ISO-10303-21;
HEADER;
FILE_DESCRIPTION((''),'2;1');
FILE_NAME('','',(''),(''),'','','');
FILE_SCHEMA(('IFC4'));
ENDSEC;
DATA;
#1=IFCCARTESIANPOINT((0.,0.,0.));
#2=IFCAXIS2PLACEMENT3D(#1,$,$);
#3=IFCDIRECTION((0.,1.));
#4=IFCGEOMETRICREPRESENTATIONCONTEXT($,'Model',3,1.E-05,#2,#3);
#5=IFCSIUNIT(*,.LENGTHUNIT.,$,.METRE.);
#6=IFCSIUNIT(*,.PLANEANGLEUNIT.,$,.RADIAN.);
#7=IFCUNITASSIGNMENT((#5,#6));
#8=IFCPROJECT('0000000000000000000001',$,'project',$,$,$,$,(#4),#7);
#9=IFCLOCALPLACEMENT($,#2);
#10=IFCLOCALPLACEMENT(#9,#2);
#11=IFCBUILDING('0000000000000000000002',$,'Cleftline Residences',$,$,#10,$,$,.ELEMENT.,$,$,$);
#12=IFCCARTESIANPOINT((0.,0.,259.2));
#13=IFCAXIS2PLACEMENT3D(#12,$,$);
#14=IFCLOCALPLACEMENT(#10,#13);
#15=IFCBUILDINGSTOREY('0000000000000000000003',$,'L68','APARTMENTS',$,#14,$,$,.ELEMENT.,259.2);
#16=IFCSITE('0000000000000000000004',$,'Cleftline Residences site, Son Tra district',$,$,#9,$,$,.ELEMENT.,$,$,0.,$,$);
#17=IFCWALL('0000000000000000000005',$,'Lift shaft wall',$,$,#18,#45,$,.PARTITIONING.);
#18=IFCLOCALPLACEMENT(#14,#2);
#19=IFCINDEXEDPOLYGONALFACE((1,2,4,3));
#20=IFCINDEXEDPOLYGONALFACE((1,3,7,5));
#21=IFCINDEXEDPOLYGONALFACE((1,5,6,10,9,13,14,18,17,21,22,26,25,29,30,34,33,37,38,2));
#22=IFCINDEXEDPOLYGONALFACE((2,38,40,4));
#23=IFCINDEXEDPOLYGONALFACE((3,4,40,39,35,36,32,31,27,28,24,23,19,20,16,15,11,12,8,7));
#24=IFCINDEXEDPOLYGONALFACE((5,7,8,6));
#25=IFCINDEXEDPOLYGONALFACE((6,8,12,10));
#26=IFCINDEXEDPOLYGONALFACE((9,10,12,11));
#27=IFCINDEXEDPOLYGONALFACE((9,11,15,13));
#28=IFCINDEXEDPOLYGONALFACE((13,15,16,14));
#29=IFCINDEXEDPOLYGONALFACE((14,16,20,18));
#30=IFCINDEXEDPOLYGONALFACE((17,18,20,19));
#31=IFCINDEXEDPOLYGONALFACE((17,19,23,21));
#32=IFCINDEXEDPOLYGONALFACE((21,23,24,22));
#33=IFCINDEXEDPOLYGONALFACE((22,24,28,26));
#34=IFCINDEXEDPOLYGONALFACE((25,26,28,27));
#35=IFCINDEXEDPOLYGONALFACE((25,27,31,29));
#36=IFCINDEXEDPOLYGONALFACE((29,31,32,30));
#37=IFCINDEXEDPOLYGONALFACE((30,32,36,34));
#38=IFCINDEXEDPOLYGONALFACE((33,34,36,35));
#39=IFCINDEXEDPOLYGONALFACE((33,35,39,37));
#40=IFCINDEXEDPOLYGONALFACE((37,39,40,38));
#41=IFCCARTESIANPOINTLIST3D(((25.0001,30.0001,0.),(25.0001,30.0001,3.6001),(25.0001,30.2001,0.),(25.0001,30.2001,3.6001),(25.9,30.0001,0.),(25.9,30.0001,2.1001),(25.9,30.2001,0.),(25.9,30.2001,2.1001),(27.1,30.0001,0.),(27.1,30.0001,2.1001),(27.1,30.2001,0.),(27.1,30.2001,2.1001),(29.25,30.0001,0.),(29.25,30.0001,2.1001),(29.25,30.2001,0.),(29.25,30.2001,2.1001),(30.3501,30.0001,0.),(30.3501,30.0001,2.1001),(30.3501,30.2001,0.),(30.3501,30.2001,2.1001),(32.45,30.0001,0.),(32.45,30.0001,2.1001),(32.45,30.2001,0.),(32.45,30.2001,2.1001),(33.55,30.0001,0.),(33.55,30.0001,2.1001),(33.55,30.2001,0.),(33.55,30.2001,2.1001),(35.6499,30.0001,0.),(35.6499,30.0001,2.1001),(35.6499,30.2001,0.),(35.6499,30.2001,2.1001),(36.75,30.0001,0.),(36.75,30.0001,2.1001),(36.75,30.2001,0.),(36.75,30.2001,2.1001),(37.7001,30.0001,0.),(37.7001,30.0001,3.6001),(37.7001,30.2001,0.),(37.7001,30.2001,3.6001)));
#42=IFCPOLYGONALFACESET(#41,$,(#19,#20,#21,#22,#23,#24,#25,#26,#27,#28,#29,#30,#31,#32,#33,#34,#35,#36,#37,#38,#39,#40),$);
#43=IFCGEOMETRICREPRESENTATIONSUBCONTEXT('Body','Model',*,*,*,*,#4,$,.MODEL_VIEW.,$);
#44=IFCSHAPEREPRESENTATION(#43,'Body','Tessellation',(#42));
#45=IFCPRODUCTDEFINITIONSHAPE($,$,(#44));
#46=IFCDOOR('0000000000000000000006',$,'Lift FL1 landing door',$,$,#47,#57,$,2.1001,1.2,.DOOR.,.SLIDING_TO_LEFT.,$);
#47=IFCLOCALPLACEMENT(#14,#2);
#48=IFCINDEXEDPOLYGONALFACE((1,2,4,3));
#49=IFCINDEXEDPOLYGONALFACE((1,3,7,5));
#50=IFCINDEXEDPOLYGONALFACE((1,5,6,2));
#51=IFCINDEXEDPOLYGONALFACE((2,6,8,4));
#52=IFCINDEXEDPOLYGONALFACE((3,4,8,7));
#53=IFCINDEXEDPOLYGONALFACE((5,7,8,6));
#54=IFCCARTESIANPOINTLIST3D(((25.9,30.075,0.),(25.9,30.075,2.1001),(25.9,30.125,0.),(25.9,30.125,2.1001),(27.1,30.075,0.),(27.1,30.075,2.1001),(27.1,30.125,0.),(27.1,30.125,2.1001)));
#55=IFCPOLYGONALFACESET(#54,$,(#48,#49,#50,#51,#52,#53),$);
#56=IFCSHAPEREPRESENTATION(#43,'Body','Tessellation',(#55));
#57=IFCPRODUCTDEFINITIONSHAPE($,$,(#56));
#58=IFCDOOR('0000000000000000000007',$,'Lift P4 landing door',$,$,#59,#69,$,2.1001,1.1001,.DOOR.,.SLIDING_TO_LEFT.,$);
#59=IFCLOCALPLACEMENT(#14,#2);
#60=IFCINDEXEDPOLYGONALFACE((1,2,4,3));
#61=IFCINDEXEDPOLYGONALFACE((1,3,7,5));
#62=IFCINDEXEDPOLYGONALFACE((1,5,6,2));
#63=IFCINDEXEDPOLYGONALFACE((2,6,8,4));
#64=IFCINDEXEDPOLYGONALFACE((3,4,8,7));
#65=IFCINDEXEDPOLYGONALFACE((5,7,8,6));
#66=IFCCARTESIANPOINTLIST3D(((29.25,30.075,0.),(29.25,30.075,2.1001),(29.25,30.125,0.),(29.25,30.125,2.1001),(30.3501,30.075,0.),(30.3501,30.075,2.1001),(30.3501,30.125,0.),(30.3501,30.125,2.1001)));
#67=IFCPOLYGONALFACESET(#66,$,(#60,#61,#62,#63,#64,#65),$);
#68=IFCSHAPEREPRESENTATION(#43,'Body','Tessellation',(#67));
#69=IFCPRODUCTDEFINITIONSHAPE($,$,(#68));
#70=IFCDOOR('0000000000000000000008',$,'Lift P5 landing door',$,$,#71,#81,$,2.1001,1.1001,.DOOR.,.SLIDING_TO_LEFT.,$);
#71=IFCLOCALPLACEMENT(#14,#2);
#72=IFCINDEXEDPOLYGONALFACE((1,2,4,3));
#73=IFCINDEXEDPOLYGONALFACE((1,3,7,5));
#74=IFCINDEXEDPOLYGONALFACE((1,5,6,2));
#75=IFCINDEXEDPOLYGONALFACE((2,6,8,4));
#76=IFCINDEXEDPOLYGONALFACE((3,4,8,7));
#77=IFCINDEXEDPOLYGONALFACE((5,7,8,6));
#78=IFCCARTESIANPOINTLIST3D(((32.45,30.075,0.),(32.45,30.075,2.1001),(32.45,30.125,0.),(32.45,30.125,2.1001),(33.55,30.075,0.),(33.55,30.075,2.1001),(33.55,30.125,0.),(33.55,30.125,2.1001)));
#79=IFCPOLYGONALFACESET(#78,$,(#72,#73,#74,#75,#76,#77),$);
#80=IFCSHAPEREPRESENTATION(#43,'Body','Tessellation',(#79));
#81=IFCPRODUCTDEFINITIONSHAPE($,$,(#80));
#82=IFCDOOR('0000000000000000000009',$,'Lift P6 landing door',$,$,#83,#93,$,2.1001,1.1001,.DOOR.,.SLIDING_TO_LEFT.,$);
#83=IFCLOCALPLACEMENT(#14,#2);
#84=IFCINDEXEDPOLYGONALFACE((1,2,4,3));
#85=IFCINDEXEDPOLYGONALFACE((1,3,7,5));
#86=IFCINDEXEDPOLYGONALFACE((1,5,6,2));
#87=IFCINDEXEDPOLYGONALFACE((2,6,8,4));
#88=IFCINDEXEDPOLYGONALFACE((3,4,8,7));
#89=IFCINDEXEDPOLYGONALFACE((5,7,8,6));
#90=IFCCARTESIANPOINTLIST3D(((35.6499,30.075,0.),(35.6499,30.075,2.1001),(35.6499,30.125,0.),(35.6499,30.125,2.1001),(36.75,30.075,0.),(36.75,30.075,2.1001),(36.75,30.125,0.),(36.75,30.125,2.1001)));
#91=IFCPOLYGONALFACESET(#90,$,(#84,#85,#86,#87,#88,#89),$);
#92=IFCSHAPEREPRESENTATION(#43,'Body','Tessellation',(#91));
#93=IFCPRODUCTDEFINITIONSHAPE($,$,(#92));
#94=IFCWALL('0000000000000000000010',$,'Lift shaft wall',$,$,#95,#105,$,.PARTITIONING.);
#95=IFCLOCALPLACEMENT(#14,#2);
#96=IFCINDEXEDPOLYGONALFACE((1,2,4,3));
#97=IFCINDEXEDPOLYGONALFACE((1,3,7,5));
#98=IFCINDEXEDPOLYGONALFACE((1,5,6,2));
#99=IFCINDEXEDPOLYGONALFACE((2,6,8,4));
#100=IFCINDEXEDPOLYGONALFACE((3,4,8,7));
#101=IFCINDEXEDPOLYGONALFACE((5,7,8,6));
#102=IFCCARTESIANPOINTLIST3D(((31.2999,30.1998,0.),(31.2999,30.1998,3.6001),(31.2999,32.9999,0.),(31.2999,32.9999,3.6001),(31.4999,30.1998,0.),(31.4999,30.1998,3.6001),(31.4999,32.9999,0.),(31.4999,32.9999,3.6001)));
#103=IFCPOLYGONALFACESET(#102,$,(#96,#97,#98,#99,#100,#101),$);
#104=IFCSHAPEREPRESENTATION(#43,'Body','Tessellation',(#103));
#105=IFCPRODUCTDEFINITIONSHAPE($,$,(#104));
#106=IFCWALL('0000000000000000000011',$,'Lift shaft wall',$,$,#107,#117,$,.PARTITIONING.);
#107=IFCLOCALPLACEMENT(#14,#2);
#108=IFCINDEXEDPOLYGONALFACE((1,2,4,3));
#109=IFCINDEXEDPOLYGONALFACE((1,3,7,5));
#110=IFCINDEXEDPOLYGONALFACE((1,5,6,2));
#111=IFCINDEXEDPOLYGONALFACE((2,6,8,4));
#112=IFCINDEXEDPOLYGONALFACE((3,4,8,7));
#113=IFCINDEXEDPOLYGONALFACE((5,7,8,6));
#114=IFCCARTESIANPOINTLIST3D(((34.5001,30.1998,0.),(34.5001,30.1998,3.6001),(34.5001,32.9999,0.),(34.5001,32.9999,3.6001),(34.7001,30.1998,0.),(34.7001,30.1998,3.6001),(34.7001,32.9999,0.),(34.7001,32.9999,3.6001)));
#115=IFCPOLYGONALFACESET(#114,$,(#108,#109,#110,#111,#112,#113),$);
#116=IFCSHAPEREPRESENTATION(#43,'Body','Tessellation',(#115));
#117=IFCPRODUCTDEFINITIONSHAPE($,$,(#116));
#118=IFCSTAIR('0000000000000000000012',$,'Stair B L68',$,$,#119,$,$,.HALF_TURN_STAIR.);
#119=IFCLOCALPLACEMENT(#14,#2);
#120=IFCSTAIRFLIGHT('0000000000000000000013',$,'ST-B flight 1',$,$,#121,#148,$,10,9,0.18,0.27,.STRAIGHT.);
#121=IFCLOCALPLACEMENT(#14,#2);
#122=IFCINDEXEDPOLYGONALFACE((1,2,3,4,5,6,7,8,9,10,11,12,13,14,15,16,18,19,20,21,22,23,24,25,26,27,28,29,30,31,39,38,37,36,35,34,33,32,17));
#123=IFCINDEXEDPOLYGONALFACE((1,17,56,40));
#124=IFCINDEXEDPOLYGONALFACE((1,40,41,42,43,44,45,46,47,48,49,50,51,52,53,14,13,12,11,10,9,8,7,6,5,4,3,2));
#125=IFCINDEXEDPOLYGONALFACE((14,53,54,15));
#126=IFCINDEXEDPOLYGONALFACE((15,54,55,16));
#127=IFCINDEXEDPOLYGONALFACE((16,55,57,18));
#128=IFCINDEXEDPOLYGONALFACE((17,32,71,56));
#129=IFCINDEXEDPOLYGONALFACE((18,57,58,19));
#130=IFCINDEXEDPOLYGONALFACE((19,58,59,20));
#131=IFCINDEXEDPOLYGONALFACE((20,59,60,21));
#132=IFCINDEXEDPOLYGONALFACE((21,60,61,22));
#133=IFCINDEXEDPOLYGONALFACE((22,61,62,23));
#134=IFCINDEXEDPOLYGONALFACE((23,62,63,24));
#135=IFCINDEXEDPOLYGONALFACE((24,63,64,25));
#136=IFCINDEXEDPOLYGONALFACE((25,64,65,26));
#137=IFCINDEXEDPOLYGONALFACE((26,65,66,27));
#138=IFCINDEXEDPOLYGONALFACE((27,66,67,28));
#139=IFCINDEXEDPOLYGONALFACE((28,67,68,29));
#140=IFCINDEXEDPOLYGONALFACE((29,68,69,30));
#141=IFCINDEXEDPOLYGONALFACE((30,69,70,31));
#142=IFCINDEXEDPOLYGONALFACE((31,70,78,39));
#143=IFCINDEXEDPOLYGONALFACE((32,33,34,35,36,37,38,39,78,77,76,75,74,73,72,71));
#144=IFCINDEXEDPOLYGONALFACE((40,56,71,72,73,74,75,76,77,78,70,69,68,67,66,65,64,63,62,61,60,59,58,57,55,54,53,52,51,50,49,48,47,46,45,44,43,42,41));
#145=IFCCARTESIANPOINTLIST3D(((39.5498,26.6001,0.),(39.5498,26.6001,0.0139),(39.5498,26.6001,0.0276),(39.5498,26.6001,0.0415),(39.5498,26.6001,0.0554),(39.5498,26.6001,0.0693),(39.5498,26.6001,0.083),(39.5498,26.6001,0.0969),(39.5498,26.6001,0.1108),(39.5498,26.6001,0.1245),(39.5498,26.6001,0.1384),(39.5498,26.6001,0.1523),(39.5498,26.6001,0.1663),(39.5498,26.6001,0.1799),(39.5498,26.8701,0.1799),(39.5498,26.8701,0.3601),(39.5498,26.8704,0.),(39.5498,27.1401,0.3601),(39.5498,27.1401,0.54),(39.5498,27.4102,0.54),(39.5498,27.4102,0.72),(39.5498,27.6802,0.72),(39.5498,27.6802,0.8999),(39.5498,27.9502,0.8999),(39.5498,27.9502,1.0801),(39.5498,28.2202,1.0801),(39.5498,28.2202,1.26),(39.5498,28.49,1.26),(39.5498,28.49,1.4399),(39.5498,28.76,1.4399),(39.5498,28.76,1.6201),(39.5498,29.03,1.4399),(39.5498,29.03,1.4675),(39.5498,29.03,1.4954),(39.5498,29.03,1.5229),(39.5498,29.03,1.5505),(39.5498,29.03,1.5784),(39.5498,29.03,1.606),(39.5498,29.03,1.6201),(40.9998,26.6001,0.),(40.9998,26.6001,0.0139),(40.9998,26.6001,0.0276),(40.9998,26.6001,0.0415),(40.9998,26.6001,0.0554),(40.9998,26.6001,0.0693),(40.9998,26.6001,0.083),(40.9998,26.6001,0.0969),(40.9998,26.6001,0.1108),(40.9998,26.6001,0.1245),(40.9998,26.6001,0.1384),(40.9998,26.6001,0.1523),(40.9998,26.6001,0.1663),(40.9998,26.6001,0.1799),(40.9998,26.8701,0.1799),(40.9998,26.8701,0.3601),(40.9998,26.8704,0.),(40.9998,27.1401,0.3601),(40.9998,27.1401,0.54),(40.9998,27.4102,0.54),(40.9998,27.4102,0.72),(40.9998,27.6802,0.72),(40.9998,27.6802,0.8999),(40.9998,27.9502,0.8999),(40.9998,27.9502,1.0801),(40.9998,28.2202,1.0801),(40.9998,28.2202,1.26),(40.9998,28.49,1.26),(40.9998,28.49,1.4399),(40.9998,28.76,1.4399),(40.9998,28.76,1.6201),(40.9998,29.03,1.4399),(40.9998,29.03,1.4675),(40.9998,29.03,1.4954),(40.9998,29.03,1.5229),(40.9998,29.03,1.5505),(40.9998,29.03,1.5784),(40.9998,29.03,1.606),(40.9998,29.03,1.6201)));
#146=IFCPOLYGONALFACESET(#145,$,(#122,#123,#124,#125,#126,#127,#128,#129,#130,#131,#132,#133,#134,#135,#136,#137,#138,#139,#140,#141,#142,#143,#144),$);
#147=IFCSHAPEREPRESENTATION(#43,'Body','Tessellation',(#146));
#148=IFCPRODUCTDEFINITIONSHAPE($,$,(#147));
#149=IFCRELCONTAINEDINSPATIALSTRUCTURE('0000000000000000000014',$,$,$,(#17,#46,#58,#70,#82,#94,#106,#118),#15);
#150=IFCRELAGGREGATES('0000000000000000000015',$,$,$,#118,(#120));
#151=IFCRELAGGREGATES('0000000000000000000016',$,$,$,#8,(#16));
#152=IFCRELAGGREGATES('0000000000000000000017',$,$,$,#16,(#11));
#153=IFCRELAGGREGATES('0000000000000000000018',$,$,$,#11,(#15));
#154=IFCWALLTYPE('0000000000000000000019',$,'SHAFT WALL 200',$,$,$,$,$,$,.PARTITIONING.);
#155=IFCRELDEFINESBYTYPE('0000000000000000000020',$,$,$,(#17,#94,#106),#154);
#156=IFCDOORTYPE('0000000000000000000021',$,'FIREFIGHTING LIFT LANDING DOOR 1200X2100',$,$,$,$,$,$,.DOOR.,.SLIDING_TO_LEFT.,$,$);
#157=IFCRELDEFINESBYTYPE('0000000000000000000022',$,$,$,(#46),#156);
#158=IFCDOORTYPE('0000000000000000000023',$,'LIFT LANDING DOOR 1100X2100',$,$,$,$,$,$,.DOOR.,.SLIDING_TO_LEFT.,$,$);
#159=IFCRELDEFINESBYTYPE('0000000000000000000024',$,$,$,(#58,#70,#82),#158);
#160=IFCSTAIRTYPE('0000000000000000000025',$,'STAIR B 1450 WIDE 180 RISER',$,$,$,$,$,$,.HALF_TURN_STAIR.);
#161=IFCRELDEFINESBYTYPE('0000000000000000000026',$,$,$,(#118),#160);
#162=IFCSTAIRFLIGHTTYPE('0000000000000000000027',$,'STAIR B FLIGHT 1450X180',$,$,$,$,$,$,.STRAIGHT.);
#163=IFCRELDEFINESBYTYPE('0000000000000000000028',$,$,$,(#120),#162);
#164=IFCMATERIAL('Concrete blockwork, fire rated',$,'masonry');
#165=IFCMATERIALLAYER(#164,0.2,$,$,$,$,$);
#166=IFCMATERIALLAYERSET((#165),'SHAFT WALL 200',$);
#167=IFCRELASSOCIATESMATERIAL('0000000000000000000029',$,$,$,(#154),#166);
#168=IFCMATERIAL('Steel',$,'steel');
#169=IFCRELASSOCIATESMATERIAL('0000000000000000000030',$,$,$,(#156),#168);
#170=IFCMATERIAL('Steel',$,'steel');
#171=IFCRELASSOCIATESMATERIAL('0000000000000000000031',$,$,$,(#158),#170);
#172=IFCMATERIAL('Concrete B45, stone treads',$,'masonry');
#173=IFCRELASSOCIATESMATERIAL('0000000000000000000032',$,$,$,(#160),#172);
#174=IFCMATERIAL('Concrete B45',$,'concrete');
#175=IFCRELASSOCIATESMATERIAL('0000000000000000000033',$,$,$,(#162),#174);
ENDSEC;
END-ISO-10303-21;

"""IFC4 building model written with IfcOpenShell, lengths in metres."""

from ifc_helpers import new_model, si_unit, direction, frame, frame_2d, origin, place, context, subcontext, project, spatial, polyline, rectangle, outline, extrude, material, layer, layer_set, type_object, element, fill, aggregate, save


model = new_model("IFC4")

# Units and contexts
model_context = context("Model", 3, precision=1e-05, world=origin(), true_north=direction((0.0, 1.0)))
body_context = subcontext(model_context, "Body", "Model", "MODEL_VIEW")
ifc_project = project(units=[si_unit("LENGTHUNIT", "METRE"), si_unit("PLANEANGLEUNIT", "RADIAN")], contexts=[model_context])

# Site, building, storey
site_placement = place(None, origin())
site = spatial("IfcSite", under=ifc_project, at=site_placement, Name="Cleftline Residences site, Son Tra district", CompositionType="ELEMENT", RefElevation=0.0)
building_placement = place(site_placement, origin())
building = spatial("IfcBuilding", under=site, at=building_placement, Name="Cleftline Residences", CompositionType="ELEMENT")
storey_placement = place(building_placement, frame((0.0, 0.0, 259.2)))
storey = spatial("IfcBuildingStorey", under=building, at=storey_placement, Name="L68", Description="APARTMENTS", CompositionType="ELEMENT", Elevation=259.2)

# Wall, openings, doors
ifc_material_1 = material(Name="Concrete blockwork, fire rated", Category="masonry")
ifc_layer_1 = layer(ifc_material_1, 0.2)
ifc_layer_set_1 = layer_set([ifc_layer_1], Name="SHAFT WALL 200")
wall_type_1 = type_object("IfcWallType", Name="SHAFT WALL 200", PredefinedType="PARTITIONING", material=ifc_layer_set_1)
wall_1_placement = place(storey_placement, frame((25.0, 30.1001, 0.0), z_axis=(0.0, 0.0, 1.0), x_axis=(1.0, 0.0, 0.0)))
wall_1 = element("IfcWall", 1, at=wall_1_placement, inside=storey, type_object=wall_type_1, Name="Lift shaft wall", PredefinedType="PARTITIONING", context=body_context, shape_type="SweptSolid", body=[
    extrude(rectangle(XDim=12.7, YDim=0.2, at=frame_2d((6.3501, 0.0))), origin(), (0.0, 0.0, 1.0), 3.6001),
])
opening_1_placement = place(wall_1_placement, frame((4.25, 0.0, 0.0)))
opening_1 = element("IfcOpeningElement", 2, at=opening_1_placement, cuts=wall_1, PredefinedType="OPENING", context=body_context, shape_type="SweptSolid", body=[
    extrude(rectangle(XDim=1.1001, YDim=2.1001, at=frame_2d((0.55, 1.05))), frame((0.0, 0.1099, 0.0), z_axis=(0.0, -1.0, 0.0), x_axis=(1.0, 0.0, 0.0)), (0.0, 0.0, 1.0), 0.22),
])
opening_2_placement = place(wall_1_placement, frame((7.45, 0.0, 0.0)))
opening_2 = element("IfcOpeningElement", 3, at=opening_2_placement, cuts=wall_1, PredefinedType="OPENING", context=body_context, shape_type="SweptSolid", body=[
    extrude(rectangle(XDim=1.1001, YDim=2.1001, at=frame_2d((0.55, 1.05))), frame((0.0, 0.1099, 0.0), z_axis=(0.0, -1.0, 0.0), x_axis=(1.0, 0.0, 0.0)), (0.0, 0.0, 1.0), 0.22),
])
opening_3_placement = place(wall_1_placement, frame((10.6499, 0.0, 0.0)))
opening_3 = element("IfcOpeningElement", 4, at=opening_3_placement, cuts=wall_1, PredefinedType="OPENING", context=body_context, shape_type="SweptSolid", body=[
    extrude(rectangle(XDim=1.1001, YDim=2.1001, at=frame_2d((0.55, 1.05))), frame((0.0, 0.1099, 0.0), z_axis=(0.0, -1.0, 0.0), x_axis=(1.0, 0.0, 0.0)), (0.0, 0.0, 1.0), 0.22),
])
opening_4_placement = place(wall_1_placement, frame((0.8999, 0.0, 0.0)))
opening_4 = element("IfcOpeningElement", 5, at=opening_4_placement, cuts=wall_1, PredefinedType="OPENING", context=body_context, shape_type="SweptSolid", body=[
    extrude(rectangle(XDim=1.2, YDim=2.1001, at=frame_2d((0.6001, 1.05))), frame((0.0, 0.1099, 0.0), z_axis=(0.0, -1.0, 0.0), x_axis=(1.0, 0.0, 0.0)), (0.0, 0.0, 1.0), 0.22),
])
ifc_material_2 = material(Name="Steel", Category="steel")
door_type_1 = type_object("IfcDoorType", Name="FIREFIGHTING LIFT LANDING DOOR 1200X2100", OperationType="SLIDING_TO_LEFT", PredefinedType="DOOR", material=ifc_material_2)
door_1_placement = place(opening_4_placement, origin())
door_1 = element("IfcDoor", 6, at=door_1_placement, inside=storey, type_object=door_type_1, Name="Lift FL1 landing door", OperationType="SLIDING_TO_LEFT", OverallHeight=2.1001, OverallWidth=1.2, PredefinedType="DOOR", context=body_context, shape_type="SweptSolid", body=[
    extrude(rectangle(XDim=1.2, YDim=2.1001, at=frame_2d((0.6001, 1.05))), frame((0.0, 0.0249, 0.0), z_axis=(0.0, -1.0, 0.0), x_axis=(1.0, 0.0, 0.0)), (0.0, 0.0, 1.0), 0.05),
])
fill(opening_4, door_1)
ifc_material_3 = material(Name="Steel", Category="steel")
door_type_2 = type_object("IfcDoorType", Name="LIFT LANDING DOOR 1100X2100", OperationType="SLIDING_TO_LEFT", PredefinedType="DOOR", material=ifc_material_3)
door_2_placement = place(opening_1_placement, origin())
door_2 = element("IfcDoor", 7, at=door_2_placement, inside=storey, type_object=door_type_2, Name="Lift P4 landing door", OperationType="SLIDING_TO_LEFT", OverallHeight=2.1001, OverallWidth=1.1001, PredefinedType="DOOR", context=body_context, shape_type="SweptSolid", body=[
    extrude(rectangle(XDim=1.1001, YDim=2.1001, at=frame_2d((0.55, 1.05))), frame((0.0, 0.0249, 0.0), z_axis=(0.0, -1.0, 0.0), x_axis=(1.0, 0.0, 0.0)), (0.0, 0.0, 1.0), 0.05),
])
fill(opening_1, door_2)
door_3_placement = place(opening_2_placement, origin())
door_3 = element("IfcDoor", 8, at=door_3_placement, inside=storey, type_object=door_type_2, Name="Lift P5 landing door", OperationType="SLIDING_TO_LEFT", OverallHeight=2.1001, OverallWidth=1.1001, PredefinedType="DOOR", context=body_context, shape_type="SweptSolid", body=[
    extrude(rectangle(XDim=1.1001, YDim=2.1001, at=frame_2d((0.55, 1.05))), frame((0.0, 0.0249, 0.0), z_axis=(0.0, -1.0, 0.0), x_axis=(1.0, 0.0, 0.0)), (0.0, 0.0, 1.0), 0.05),
])
fill(opening_2, door_3)
door_4_placement = place(opening_3_placement, origin())
door_4 = element("IfcDoor", 9, at=door_4_placement, inside=storey, type_object=door_type_2, Name="Lift P6 landing door", OperationType="SLIDING_TO_LEFT", OverallHeight=2.1001, OverallWidth=1.1001, PredefinedType="DOOR", context=body_context, shape_type="SweptSolid", body=[
    extrude(rectangle(XDim=1.1001, YDim=2.1001, at=frame_2d((0.55, 1.05))), frame((0.0, 0.0249, 0.0), z_axis=(0.0, -1.0, 0.0), x_axis=(1.0, 0.0, 0.0)), (0.0, 0.0, 1.0), 0.05),
])
fill(opening_3, door_4)

# Walls
for number, where, z_axis, x_axis, name in (
    (10, (31.3999, 30.2, 0.0), (0.0, 0.0, 1.0), (0.0, 1.0, 0.0), "Lift shaft wall"),
    (11, (34.6001, 30.2, 0.0), (0.0, 0.0, 1.0), (0.0, 1.0, 0.0), "Lift shaft wall"),
):
    element("IfcWall", number, at=place(storey_placement, frame(where, z_axis=z_axis, x_axis=x_axis)), inside=storey, type_object=wall_type_1, Name=name, PredefinedType="PARTITIONING", context=body_context, shape_type="SweptSolid", body=[
        extrude(rectangle(XDim=2.8, YDim=0.2, at=frame_2d((1.3999, 0.0))), origin(), (0.0, 0.0, 1.0), 3.6001),
    ])

# Stair, stair flight
ifc_material_4 = material(Name="Concrete B45, stone treads", Category="masonry")
stair_type = type_object("IfcStairType", Name="STAIR B 1450 WIDE 180 RISER", PredefinedType="HALF_TURN_STAIR", material=ifc_material_4)
stair_placement = place(storey_placement, origin())
stair = element("IfcStair", 12, at=stair_placement, inside=storey, type_object=stair_type, Name="Stair B L68", PredefinedType="HALF_TURN_STAIR")
ifc_material_5 = material(Name="Concrete B45", Category="concrete")
stair_flight_type = type_object("IfcStairFlightType", Name="STAIR B FLIGHT 1450X180", PredefinedType="STRAIGHT", material=ifc_material_5)
stair_flight_1_placement = place(storey_placement, frame((40.2749, 26.6001, 0.0), z_axis=(0.0, 0.0, 1.0), x_axis=(0.0, 1.0, 0.0)))
stair_flight_1 = element("IfcStairFlight", 13, at=stair_flight_1_placement, type_object=stair_flight_type, Name="ST-B flight 1", NumberOfRisers=10, NumberOfTreads=9, PredefinedType="STRAIGHT", RiserHeight=0.18, TreadLength=0.27, context=body_context, shape_type="SweptSolid", body=[
    extrude(outline(polyline([(0.0, 0.0), (0.0, 0.0139), (0.0, 0.0276), (0.0, 0.0415), (0.0, 0.0554), (0.0, 0.0693), (0.0, 0.083), (0.0, 0.0969), (0.0, 0.1108), (0.0, 0.1245), (0.0, 0.1384), (0.0, 0.1523), (0.0, 0.1663), (0.0, 0.1799), (0.27, 0.1799), (0.27, 0.3601), (0.54, 0.3601), (0.54, 0.54), (0.8101, 0.54), (0.8101, 0.72), (1.0801, 0.72), (1.0801, 0.8999), (1.3501, 0.8999), (1.3501, 1.0801), (1.6201, 1.0801), (1.6201, 1.26), (1.8899, 1.26), (1.8899, 1.4399), (2.1599, 1.4399), (2.1599, 1.6201), (2.4299, 1.6201), (2.4299, 1.8), (2.4299, 1.7722), (2.4299, 1.7446), (2.4299, 1.7168), (2.4299, 1.6892), (2.4299, 1.6614), (2.4299, 1.6338), (2.4299, 1.606), (2.4299, 1.5784), (2.4299, 1.5505), (2.4299, 1.5229), (2.4299, 1.4954), (2.4299, 1.4675), (2.4299, 1.4399), (0.2703, 0.0), (0.0, 0.0)])), frame((0.0, 0.7251, 0.0), z_axis=(0.0, -1.0, 0.0), x_axis=(1.0, 0.0, 0.0)), (0.0, 0.0, 1.0), 1.45),
])
aggregate(stair, [stair_flight_1])

save(model, "model.ifc")
